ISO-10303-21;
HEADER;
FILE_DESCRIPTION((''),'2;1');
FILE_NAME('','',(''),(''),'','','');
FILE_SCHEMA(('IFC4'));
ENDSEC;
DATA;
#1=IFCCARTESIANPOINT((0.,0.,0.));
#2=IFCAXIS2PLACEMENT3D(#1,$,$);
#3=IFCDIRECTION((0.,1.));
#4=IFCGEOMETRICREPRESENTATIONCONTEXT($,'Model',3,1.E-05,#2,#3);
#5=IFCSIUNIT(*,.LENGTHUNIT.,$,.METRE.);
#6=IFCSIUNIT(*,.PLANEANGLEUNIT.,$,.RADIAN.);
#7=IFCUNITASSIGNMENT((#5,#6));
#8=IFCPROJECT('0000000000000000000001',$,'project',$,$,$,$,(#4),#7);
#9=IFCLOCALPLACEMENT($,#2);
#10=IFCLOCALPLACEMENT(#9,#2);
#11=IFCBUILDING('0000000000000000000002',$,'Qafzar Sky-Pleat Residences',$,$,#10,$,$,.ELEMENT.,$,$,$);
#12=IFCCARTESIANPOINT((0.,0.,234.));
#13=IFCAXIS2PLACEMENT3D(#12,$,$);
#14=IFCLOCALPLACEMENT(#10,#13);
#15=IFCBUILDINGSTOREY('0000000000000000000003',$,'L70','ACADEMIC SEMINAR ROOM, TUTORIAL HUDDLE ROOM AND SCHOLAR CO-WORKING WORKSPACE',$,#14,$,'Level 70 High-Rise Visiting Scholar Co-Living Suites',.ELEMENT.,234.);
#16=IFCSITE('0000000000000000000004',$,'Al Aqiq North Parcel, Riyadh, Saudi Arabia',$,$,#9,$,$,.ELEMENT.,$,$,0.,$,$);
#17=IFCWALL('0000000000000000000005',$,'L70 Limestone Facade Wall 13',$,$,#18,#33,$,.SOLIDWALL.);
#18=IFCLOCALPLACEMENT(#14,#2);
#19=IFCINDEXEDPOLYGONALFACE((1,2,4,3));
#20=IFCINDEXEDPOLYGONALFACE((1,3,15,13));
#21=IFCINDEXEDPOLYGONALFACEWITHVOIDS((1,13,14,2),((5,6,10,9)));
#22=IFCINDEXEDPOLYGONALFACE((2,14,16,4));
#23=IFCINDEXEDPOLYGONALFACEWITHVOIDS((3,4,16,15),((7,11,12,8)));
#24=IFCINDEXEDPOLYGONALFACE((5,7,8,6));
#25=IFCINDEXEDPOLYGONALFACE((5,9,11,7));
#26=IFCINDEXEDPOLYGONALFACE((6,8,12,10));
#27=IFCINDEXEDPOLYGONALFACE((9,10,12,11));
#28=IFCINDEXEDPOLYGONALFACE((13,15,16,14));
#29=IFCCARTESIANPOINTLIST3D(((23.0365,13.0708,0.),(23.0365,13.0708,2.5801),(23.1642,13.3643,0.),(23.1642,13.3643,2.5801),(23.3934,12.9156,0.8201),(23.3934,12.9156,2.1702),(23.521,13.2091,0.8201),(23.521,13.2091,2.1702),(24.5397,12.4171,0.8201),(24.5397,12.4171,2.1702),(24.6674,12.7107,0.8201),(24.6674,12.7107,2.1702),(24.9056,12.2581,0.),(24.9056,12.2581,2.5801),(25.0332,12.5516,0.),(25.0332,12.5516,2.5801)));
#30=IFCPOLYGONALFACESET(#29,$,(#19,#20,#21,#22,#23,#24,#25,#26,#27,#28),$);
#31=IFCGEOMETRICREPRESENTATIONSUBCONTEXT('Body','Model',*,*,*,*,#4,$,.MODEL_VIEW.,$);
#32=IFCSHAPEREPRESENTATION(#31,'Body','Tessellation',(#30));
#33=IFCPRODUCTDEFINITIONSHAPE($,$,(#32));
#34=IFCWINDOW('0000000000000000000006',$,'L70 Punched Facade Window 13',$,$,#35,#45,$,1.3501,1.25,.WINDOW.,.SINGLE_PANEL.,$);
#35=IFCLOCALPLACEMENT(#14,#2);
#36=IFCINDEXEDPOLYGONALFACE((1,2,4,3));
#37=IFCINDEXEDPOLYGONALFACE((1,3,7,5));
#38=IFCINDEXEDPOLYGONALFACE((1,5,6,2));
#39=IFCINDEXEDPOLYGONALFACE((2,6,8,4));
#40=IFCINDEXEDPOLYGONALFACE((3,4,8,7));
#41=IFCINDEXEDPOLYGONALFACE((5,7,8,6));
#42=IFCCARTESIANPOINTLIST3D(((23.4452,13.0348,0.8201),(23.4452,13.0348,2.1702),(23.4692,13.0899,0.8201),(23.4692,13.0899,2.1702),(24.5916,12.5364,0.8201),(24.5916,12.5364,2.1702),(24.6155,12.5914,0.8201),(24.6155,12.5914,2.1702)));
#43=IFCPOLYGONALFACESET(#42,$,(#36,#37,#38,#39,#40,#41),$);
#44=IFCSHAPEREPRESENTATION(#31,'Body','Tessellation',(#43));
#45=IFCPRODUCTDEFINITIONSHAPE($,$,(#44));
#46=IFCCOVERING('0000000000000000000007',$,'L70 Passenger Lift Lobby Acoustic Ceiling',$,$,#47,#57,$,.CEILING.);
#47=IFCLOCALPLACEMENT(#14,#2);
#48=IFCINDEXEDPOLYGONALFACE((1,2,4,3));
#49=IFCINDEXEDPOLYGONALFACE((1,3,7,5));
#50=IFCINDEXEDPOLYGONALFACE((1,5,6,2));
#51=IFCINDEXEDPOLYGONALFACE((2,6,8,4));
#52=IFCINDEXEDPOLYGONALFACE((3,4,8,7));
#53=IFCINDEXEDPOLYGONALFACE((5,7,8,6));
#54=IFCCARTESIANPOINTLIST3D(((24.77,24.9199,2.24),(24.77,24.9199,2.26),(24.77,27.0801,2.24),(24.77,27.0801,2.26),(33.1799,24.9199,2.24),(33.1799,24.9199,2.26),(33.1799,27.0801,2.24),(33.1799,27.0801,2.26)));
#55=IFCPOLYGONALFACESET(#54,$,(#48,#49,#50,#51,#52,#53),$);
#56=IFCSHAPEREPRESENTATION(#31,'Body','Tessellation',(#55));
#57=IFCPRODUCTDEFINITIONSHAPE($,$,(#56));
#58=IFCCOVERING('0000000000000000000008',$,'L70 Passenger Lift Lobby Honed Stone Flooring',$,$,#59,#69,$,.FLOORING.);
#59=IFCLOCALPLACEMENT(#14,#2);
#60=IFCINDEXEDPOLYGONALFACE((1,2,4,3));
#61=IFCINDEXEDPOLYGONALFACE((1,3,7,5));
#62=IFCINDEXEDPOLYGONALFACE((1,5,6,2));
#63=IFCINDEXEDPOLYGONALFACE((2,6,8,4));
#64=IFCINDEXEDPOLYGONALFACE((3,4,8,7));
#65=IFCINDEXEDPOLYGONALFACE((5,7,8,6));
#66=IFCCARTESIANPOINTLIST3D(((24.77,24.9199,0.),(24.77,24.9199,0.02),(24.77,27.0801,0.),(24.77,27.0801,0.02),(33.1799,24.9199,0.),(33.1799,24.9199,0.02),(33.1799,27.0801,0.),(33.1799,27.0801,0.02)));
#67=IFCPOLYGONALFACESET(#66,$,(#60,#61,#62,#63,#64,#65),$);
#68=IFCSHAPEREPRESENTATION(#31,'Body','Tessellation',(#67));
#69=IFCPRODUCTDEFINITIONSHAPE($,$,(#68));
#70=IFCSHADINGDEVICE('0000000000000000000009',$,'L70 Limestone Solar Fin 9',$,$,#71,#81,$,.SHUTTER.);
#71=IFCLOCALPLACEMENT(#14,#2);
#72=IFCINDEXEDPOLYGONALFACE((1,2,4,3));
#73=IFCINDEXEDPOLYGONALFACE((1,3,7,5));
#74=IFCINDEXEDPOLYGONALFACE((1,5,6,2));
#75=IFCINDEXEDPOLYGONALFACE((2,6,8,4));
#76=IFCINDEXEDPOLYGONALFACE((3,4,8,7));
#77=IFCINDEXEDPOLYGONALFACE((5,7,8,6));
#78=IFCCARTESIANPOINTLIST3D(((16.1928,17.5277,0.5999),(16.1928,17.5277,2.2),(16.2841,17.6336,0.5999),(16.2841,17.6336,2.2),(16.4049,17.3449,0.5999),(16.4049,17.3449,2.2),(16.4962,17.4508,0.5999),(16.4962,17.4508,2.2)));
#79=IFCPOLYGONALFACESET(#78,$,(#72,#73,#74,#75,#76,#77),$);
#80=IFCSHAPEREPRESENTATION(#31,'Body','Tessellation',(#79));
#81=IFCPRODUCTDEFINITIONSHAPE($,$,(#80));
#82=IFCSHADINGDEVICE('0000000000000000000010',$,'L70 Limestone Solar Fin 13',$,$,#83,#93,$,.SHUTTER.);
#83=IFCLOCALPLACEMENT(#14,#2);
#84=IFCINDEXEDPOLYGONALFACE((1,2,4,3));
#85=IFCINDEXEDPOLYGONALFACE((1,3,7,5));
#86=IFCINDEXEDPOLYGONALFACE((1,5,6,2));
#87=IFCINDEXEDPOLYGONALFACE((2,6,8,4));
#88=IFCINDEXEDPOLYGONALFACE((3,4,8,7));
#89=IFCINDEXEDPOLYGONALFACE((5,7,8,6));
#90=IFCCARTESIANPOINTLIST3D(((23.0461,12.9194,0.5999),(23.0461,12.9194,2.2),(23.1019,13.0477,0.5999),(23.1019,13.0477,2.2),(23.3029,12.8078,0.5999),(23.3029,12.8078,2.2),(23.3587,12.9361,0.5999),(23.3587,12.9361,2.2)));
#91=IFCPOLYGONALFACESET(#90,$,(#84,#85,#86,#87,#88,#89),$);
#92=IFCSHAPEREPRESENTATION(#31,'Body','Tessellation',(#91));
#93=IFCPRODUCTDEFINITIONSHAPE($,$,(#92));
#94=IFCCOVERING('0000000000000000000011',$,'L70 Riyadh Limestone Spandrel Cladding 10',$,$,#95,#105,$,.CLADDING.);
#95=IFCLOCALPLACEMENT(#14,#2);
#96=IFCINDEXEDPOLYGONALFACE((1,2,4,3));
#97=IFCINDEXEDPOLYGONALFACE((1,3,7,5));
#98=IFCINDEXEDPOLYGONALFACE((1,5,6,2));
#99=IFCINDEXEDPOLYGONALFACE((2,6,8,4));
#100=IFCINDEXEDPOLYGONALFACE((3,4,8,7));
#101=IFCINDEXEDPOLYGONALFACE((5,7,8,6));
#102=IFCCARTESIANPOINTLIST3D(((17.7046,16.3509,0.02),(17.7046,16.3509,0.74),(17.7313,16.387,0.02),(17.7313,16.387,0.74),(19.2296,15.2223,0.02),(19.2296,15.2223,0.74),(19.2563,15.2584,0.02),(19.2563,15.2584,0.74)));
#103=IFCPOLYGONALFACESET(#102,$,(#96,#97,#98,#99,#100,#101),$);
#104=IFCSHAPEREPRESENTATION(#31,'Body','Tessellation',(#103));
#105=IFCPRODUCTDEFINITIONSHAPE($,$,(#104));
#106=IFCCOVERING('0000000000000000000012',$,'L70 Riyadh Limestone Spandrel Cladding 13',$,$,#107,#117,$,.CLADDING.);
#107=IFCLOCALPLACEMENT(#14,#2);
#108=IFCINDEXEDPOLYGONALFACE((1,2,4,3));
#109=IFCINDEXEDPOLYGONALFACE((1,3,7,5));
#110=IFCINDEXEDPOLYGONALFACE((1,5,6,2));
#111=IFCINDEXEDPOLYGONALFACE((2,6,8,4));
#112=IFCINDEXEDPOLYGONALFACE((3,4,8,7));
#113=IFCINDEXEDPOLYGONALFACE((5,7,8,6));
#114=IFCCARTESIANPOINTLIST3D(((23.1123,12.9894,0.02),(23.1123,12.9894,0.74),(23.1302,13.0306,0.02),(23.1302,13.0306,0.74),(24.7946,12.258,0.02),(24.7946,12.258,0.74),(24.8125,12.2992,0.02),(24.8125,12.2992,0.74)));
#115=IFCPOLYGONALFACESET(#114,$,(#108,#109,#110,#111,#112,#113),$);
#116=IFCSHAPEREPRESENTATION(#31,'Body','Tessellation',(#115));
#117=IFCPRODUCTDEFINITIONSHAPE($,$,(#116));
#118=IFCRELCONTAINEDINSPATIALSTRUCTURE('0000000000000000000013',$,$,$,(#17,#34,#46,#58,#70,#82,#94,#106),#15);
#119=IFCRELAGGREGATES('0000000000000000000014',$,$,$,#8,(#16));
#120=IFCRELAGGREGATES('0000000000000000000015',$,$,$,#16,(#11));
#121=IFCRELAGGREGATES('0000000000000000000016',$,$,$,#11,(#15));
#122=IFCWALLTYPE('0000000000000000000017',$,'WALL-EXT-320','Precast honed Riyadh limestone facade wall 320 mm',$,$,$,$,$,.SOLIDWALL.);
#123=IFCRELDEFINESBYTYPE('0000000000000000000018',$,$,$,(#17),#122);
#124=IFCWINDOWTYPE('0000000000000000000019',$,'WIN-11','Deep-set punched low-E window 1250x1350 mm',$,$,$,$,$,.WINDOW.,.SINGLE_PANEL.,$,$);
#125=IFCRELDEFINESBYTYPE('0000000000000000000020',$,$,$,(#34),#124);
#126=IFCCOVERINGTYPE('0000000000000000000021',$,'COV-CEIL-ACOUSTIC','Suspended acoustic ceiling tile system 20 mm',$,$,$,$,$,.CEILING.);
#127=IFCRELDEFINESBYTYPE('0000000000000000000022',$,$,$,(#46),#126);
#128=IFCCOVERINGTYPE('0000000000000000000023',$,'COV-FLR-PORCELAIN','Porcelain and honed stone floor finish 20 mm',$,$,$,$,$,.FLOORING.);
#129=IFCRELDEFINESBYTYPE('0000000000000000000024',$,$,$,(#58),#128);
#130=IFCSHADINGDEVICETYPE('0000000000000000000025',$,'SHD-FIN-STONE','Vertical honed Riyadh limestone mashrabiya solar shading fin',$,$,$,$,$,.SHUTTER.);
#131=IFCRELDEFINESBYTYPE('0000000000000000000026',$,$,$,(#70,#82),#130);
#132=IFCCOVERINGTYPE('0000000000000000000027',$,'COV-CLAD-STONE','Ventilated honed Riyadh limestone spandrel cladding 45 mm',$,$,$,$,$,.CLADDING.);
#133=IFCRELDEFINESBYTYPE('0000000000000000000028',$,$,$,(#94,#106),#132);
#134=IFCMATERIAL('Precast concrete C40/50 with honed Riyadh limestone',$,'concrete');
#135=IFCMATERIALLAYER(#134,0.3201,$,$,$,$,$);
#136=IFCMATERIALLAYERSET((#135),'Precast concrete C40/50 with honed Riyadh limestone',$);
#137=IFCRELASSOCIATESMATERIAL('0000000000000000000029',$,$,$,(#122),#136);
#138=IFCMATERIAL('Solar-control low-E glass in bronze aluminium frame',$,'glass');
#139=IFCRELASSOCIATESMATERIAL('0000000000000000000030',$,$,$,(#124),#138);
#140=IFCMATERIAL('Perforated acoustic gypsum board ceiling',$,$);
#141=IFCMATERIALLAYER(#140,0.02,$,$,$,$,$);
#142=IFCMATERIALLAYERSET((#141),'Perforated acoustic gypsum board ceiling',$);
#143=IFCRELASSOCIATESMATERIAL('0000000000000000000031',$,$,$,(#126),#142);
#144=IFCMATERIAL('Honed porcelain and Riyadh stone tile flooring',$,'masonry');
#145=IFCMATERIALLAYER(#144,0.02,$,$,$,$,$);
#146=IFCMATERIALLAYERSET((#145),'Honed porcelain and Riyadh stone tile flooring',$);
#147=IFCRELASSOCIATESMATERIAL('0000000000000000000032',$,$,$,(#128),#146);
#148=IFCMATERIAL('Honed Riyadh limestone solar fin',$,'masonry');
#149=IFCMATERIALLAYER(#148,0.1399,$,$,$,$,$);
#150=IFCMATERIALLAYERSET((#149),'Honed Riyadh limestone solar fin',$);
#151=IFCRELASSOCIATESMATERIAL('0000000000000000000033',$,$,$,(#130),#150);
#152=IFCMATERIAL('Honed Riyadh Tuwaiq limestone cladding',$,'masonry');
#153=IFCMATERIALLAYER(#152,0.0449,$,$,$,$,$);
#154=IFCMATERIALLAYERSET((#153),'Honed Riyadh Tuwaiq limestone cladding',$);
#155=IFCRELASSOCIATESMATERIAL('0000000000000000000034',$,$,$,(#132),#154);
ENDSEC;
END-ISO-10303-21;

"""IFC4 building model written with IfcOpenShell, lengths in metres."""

from ifc_helpers import new_model, si_unit, direction, frame, frame_2d, origin, origin_2d, place, context, subcontext, project, spatial, polyline, rectangle, outline, extrude, source, transform, mapped, material, layer, layer_set, type_object, element, fill, save


model = new_model("IFC4")

# Units and contexts
model_context = context("Model", 3, precision=1e-05, world=origin(), true_north=direction((0.0, 1.0)))
body_context = subcontext(model_context, "Body", "Model", "MODEL_VIEW")
ifc_project = project(units=[si_unit("LENGTHUNIT", "METRE"), si_unit("PLANEANGLEUNIT", "RADIAN")], contexts=[model_context])

# Site, building, storey
site_placement = place(None, origin())
site = spatial("IfcSite", under=ifc_project, at=site_placement, Name="Al Aqiq North Parcel, Riyadh, Saudi Arabia", CompositionType="ELEMENT", RefElevation=0.0)
building_placement = place(site_placement, origin())
building = spatial("IfcBuilding", under=site, at=building_placement, Name="Qafzar Sky-Pleat Residences", CompositionType="ELEMENT")
storey_placement = place(building_placement, frame((0.0, 0.0, 234.0)))
storey = spatial("IfcBuildingStorey", under=building, at=storey_placement, Name="L70", Description="ACADEMIC SEMINAR ROOM, TUTORIAL HUDDLE ROOM AND SCHOLAR CO-WORKING WORKSPACE", LongName="Level 70 High-Rise Visiting Scholar Co-Living Suites", CompositionType="ELEMENT", Elevation=234.0)

# Wall, opening, window
ifc_material_1 = material(Name="Precast concrete C40/50 with honed Riyadh limestone", Category="concrete")
ifc_layer_1 = layer(ifc_material_1, 0.3201)
ifc_layer_set_1 = layer_set([ifc_layer_1], Name="Precast concrete C40/50 with honed Riyadh limestone")
wall_type_1 = type_object("IfcWallType", Name="WALL-EXT-320", Description="Precast honed Riyadh limestone facade wall 320 mm", PredefinedType="SOLIDWALL", material=ifc_layer_set_1)
ifc_material_2 = material(Name="Solar-control low-E glass in bronze aluminium frame", Category="glass")
window_type_1 = type_object("IfcWindowType", Name="WIN-11", Description="Deep-set punched low-E window 1250x1350 mm", PartitioningType="SINGLE_PANEL", PredefinedType="WINDOW", material=ifc_material_2)
shared_shape_1 = source(origin(), body_context, "Body", "SweptSolid", [
    extrude(rectangle(XDim=1.25, YDim=1.3501, at=frame_2d((0.625, 0.675))), frame((0.0, 0.03, 0.0), z_axis=(0.0, -1.0, 0.0), x_axis=(1.0, 0.0, 0.0)), (0.0, 0.0, 1.0), 0.0601),
])
wall_1_placement = place(storey_placement, frame((23.1003, 13.2175, 0.0), z_axis=(0.0, 0.0, 1.0), x_axis=(0.917057, -0.398757, 0.0)))
wall_1 = element("IfcWall", 1, at=wall_1_placement, inside=storey, type_object=wall_type_1, Name="L70 Limestone Facade Wall 13", PredefinedType="SOLIDWALL", context=body_context, shape_type="SweptSolid", body=[
    extrude(rectangle(XDim=2.0381, YDim=0.3201, at=frame_2d((1.019, 0.0))), origin(), (0.0, 0.0, 1.0), 2.5801),
])
opening_1_placement = place(wall_1_placement, frame((0.3892, 0.0, 0.8201)))
opening_1 = element("IfcOpeningElement", 2, at=opening_1_placement, cuts=wall_1, PredefinedType="OPENING", context=body_context, shape_type="SweptSolid", body=[
    extrude(rectangle(XDim=1.25, YDim=1.3501, at=frame_2d((0.625, 0.675))), frame((0.0, 0.1699, 0.0), z_axis=(0.0, -1.0, 0.0), x_axis=(1.0, 0.0, 0.0)), (0.0, 0.0, 1.0), 0.3401),
])
window_1_placement = place(opening_1_placement, origin())
window_1 = element("IfcWindow", 3, at=window_1_placement, inside=storey, type_object=window_type_1, Name="L70 Punched Facade Window 13", OverallHeight=1.3501, OverallWidth=1.25, PartitioningType="SINGLE_PANEL", PredefinedType="WINDOW", context=body_context, shape_type="MappedRepresentation", body=[
    mapped(shared_shape_1, transform((0.0, 0.0, 0.0), x_axis=(1.0, 0.0, 0.0), y_axis=(0.0, 1.0, 0.0), z_axis=(0.0, 0.0, 1.0), scale=1.0)),
])
fill(opening_1, window_1)

# Coverings
ifc_material_3 = material(Name="Perforated acoustic gypsum board ceiling")
ifc_layer_2 = layer(ifc_material_3, 0.02)
ifc_layer_set_2 = layer_set([ifc_layer_2], Name="Perforated acoustic gypsum board ceiling")
covering_type_1 = type_object("IfcCoveringType", Name="COV-CEIL-ACOUSTIC", Description="Suspended acoustic ceiling tile system 20 mm", PredefinedType="CEILING", material=ifc_layer_set_2)
covering_1_placement = place(storey_placement, frame((0.0, 0.0, 2.24)))
element("IfcCovering", 4, at=covering_1_placement, inside=storey, type_object=covering_type_1, Name="L70 Passenger Lift Lobby Acoustic Ceiling", PredefinedType="CEILING", context=body_context, shape_type="SweptSolid", body=[
    extrude(outline(polyline([(33.1799, 24.9199), (24.77, 24.9199), (24.77, 27.0801), (33.1799, 27.0801), (33.1799, 24.9199)])), origin(), (0.0, 0.0, 1.0), 0.02),
])
ifc_material_4 = material(Name="Honed porcelain and Riyadh stone tile flooring", Category="masonry")
ifc_layer_3 = layer(ifc_material_4, 0.02)
ifc_layer_set_3 = layer_set([ifc_layer_3], Name="Honed porcelain and Riyadh stone tile flooring")
covering_type_2 = type_object("IfcCoveringType", Name="COV-FLR-PORCELAIN", Description="Porcelain and honed stone floor finish 20 mm", PredefinedType="FLOORING", material=ifc_layer_set_3)
covering_2_placement = place(storey_placement, origin())
element("IfcCovering", 5, at=covering_2_placement, inside=storey, type_object=covering_type_2, Name="L70 Passenger Lift Lobby Honed Stone Flooring", PredefinedType="FLOORING", context=body_context, shape_type="SweptSolid", body=[
    extrude(outline(polyline([(33.1799, 24.9199), (24.77, 24.9199), (24.77, 27.0801), (33.1799, 27.0801), (33.1799, 24.9199)])), origin(), (0.0, 0.0, 1.0), 0.02),
])

# Shading devices
ifc_material_5 = material(Name="Honed Riyadh limestone solar fin", Category="masonry")
ifc_layer_4 = layer(ifc_material_5, 0.1399)
ifc_layer_set_4 = layer_set([ifc_layer_4], Name="Honed Riyadh limestone solar fin")
shading_device_type = type_object("IfcShadingDeviceType", Name="SHD-FIN-STONE", Description="Vertical honed Riyadh limestone mashrabiya solar shading fin", PredefinedType="SHUTTER", material=ifc_layer_set_4)
shared_shape_2 = source(origin(), body_context, "Body", "SweptSolid", [
    extrude(rectangle(XDim=0.1399, YDim=0.28, at=origin_2d()), origin(), (0.0, 0.0, 1.0), 1.6001),
])
for number, where, z_axis, x_axis, name in (
    (6, (16.3445, 17.4893, 0.5999), (0.0, 0.0, 1.0), (-0.652846, -0.757491, 0.0), "L70 Limestone Solar Fin 9"),
    (7, (23.2024, 12.9277, 0.5999), (0.0, 0.0, 1.0), (-0.398672, -0.917094, 0.0), "L70 Limestone Solar Fin 13"),
):
    element("IfcShadingDevice", number, at=place(storey_placement, frame(where, z_axis=z_axis, x_axis=x_axis)), inside=storey, type_object=shading_device_type, Name=name, PredefinedType="SHUTTER", context=body_context, shape_type="MappedRepresentation", body=[
        mapped(shared_shape_2, transform((0.0, 0.0, 0.0), x_axis=(1.0, 0.0, 0.0), y_axis=(0.0, 1.0, 0.0), z_axis=(0.0, 0.0, 1.0), scale=1.0)),
    ])

# Coverings
ifc_material_6 = material(Name="Honed Riyadh Tuwaiq limestone cladding", Category="masonry")
ifc_layer_5 = layer(ifc_material_6, 0.0449)
ifc_layer_set_5 = layer_set([ifc_layer_5], Name="Honed Riyadh Tuwaiq limestone cladding")
covering_type_3 = type_object("IfcCoveringType", Name="COV-CLAD-STONE", Description="Ventilated honed Riyadh limestone spandrel cladding 45 mm", PredefinedType="CLADDING", material=ifc_layer_set_5)
shared_shape_3 = source(origin(), body_context, "Body", "SweptSolid", [
    extrude(rectangle(XDim=1.8972, YDim=0.0449, at=origin_2d()), origin(), (0.0, 0.0, 1.0), 0.72),
])
covering_3_placement = place(storey_placement, frame((18.4805, 15.8047, 0.02), z_axis=(0.0, 0.0, 1.0), x_axis=(0.80382, -0.594872, 0.0)))
element("IfcCovering", 8, at=covering_3_placement, inside=storey, type_object=covering_type_3, Name="L70 Riyadh Limestone Spandrel Cladding 10", PredefinedType="CLADDING", context=body_context, shape_type="MappedRepresentation", body=[
    mapped(shared_shape_3, transform((0.0, 0.0, 0.0), x_axis=(1.0, 0.0, 0.0), y_axis=(0.0, 1.0, 0.0), z_axis=(0.0, 0.0, 1.0), scale=1.0)),
])
shared_shape_4 = source(origin(), body_context, "Body", "SweptSolid", [
    extrude(rectangle(XDim=1.8345, YDim=0.0449, at=origin_2d()), origin(), (0.0, 0.0, 1.0), 0.72),
])
covering_4_placement = place(storey_placement, frame((23.9624, 12.6443, 0.02), z_axis=(0.0, 0.0, 1.0), x_axis=(0.917087, -0.398687, 0.0)))
element("IfcCovering", 9, at=covering_4_placement, inside=storey, type_object=covering_type_3, Name="L70 Riyadh Limestone Spandrel Cladding 13", PredefinedType="CLADDING", context=body_context, shape_type="MappedRepresentation", body=[
    mapped(shared_shape_4, transform((0.0, 0.0, 0.0), x_axis=(1.0, 0.0, 0.0), y_axis=(0.0, 1.0, 0.0), z_axis=(0.0, 0.0, 1.0), scale=1.0)),
])

save(model, "model.ifc")
